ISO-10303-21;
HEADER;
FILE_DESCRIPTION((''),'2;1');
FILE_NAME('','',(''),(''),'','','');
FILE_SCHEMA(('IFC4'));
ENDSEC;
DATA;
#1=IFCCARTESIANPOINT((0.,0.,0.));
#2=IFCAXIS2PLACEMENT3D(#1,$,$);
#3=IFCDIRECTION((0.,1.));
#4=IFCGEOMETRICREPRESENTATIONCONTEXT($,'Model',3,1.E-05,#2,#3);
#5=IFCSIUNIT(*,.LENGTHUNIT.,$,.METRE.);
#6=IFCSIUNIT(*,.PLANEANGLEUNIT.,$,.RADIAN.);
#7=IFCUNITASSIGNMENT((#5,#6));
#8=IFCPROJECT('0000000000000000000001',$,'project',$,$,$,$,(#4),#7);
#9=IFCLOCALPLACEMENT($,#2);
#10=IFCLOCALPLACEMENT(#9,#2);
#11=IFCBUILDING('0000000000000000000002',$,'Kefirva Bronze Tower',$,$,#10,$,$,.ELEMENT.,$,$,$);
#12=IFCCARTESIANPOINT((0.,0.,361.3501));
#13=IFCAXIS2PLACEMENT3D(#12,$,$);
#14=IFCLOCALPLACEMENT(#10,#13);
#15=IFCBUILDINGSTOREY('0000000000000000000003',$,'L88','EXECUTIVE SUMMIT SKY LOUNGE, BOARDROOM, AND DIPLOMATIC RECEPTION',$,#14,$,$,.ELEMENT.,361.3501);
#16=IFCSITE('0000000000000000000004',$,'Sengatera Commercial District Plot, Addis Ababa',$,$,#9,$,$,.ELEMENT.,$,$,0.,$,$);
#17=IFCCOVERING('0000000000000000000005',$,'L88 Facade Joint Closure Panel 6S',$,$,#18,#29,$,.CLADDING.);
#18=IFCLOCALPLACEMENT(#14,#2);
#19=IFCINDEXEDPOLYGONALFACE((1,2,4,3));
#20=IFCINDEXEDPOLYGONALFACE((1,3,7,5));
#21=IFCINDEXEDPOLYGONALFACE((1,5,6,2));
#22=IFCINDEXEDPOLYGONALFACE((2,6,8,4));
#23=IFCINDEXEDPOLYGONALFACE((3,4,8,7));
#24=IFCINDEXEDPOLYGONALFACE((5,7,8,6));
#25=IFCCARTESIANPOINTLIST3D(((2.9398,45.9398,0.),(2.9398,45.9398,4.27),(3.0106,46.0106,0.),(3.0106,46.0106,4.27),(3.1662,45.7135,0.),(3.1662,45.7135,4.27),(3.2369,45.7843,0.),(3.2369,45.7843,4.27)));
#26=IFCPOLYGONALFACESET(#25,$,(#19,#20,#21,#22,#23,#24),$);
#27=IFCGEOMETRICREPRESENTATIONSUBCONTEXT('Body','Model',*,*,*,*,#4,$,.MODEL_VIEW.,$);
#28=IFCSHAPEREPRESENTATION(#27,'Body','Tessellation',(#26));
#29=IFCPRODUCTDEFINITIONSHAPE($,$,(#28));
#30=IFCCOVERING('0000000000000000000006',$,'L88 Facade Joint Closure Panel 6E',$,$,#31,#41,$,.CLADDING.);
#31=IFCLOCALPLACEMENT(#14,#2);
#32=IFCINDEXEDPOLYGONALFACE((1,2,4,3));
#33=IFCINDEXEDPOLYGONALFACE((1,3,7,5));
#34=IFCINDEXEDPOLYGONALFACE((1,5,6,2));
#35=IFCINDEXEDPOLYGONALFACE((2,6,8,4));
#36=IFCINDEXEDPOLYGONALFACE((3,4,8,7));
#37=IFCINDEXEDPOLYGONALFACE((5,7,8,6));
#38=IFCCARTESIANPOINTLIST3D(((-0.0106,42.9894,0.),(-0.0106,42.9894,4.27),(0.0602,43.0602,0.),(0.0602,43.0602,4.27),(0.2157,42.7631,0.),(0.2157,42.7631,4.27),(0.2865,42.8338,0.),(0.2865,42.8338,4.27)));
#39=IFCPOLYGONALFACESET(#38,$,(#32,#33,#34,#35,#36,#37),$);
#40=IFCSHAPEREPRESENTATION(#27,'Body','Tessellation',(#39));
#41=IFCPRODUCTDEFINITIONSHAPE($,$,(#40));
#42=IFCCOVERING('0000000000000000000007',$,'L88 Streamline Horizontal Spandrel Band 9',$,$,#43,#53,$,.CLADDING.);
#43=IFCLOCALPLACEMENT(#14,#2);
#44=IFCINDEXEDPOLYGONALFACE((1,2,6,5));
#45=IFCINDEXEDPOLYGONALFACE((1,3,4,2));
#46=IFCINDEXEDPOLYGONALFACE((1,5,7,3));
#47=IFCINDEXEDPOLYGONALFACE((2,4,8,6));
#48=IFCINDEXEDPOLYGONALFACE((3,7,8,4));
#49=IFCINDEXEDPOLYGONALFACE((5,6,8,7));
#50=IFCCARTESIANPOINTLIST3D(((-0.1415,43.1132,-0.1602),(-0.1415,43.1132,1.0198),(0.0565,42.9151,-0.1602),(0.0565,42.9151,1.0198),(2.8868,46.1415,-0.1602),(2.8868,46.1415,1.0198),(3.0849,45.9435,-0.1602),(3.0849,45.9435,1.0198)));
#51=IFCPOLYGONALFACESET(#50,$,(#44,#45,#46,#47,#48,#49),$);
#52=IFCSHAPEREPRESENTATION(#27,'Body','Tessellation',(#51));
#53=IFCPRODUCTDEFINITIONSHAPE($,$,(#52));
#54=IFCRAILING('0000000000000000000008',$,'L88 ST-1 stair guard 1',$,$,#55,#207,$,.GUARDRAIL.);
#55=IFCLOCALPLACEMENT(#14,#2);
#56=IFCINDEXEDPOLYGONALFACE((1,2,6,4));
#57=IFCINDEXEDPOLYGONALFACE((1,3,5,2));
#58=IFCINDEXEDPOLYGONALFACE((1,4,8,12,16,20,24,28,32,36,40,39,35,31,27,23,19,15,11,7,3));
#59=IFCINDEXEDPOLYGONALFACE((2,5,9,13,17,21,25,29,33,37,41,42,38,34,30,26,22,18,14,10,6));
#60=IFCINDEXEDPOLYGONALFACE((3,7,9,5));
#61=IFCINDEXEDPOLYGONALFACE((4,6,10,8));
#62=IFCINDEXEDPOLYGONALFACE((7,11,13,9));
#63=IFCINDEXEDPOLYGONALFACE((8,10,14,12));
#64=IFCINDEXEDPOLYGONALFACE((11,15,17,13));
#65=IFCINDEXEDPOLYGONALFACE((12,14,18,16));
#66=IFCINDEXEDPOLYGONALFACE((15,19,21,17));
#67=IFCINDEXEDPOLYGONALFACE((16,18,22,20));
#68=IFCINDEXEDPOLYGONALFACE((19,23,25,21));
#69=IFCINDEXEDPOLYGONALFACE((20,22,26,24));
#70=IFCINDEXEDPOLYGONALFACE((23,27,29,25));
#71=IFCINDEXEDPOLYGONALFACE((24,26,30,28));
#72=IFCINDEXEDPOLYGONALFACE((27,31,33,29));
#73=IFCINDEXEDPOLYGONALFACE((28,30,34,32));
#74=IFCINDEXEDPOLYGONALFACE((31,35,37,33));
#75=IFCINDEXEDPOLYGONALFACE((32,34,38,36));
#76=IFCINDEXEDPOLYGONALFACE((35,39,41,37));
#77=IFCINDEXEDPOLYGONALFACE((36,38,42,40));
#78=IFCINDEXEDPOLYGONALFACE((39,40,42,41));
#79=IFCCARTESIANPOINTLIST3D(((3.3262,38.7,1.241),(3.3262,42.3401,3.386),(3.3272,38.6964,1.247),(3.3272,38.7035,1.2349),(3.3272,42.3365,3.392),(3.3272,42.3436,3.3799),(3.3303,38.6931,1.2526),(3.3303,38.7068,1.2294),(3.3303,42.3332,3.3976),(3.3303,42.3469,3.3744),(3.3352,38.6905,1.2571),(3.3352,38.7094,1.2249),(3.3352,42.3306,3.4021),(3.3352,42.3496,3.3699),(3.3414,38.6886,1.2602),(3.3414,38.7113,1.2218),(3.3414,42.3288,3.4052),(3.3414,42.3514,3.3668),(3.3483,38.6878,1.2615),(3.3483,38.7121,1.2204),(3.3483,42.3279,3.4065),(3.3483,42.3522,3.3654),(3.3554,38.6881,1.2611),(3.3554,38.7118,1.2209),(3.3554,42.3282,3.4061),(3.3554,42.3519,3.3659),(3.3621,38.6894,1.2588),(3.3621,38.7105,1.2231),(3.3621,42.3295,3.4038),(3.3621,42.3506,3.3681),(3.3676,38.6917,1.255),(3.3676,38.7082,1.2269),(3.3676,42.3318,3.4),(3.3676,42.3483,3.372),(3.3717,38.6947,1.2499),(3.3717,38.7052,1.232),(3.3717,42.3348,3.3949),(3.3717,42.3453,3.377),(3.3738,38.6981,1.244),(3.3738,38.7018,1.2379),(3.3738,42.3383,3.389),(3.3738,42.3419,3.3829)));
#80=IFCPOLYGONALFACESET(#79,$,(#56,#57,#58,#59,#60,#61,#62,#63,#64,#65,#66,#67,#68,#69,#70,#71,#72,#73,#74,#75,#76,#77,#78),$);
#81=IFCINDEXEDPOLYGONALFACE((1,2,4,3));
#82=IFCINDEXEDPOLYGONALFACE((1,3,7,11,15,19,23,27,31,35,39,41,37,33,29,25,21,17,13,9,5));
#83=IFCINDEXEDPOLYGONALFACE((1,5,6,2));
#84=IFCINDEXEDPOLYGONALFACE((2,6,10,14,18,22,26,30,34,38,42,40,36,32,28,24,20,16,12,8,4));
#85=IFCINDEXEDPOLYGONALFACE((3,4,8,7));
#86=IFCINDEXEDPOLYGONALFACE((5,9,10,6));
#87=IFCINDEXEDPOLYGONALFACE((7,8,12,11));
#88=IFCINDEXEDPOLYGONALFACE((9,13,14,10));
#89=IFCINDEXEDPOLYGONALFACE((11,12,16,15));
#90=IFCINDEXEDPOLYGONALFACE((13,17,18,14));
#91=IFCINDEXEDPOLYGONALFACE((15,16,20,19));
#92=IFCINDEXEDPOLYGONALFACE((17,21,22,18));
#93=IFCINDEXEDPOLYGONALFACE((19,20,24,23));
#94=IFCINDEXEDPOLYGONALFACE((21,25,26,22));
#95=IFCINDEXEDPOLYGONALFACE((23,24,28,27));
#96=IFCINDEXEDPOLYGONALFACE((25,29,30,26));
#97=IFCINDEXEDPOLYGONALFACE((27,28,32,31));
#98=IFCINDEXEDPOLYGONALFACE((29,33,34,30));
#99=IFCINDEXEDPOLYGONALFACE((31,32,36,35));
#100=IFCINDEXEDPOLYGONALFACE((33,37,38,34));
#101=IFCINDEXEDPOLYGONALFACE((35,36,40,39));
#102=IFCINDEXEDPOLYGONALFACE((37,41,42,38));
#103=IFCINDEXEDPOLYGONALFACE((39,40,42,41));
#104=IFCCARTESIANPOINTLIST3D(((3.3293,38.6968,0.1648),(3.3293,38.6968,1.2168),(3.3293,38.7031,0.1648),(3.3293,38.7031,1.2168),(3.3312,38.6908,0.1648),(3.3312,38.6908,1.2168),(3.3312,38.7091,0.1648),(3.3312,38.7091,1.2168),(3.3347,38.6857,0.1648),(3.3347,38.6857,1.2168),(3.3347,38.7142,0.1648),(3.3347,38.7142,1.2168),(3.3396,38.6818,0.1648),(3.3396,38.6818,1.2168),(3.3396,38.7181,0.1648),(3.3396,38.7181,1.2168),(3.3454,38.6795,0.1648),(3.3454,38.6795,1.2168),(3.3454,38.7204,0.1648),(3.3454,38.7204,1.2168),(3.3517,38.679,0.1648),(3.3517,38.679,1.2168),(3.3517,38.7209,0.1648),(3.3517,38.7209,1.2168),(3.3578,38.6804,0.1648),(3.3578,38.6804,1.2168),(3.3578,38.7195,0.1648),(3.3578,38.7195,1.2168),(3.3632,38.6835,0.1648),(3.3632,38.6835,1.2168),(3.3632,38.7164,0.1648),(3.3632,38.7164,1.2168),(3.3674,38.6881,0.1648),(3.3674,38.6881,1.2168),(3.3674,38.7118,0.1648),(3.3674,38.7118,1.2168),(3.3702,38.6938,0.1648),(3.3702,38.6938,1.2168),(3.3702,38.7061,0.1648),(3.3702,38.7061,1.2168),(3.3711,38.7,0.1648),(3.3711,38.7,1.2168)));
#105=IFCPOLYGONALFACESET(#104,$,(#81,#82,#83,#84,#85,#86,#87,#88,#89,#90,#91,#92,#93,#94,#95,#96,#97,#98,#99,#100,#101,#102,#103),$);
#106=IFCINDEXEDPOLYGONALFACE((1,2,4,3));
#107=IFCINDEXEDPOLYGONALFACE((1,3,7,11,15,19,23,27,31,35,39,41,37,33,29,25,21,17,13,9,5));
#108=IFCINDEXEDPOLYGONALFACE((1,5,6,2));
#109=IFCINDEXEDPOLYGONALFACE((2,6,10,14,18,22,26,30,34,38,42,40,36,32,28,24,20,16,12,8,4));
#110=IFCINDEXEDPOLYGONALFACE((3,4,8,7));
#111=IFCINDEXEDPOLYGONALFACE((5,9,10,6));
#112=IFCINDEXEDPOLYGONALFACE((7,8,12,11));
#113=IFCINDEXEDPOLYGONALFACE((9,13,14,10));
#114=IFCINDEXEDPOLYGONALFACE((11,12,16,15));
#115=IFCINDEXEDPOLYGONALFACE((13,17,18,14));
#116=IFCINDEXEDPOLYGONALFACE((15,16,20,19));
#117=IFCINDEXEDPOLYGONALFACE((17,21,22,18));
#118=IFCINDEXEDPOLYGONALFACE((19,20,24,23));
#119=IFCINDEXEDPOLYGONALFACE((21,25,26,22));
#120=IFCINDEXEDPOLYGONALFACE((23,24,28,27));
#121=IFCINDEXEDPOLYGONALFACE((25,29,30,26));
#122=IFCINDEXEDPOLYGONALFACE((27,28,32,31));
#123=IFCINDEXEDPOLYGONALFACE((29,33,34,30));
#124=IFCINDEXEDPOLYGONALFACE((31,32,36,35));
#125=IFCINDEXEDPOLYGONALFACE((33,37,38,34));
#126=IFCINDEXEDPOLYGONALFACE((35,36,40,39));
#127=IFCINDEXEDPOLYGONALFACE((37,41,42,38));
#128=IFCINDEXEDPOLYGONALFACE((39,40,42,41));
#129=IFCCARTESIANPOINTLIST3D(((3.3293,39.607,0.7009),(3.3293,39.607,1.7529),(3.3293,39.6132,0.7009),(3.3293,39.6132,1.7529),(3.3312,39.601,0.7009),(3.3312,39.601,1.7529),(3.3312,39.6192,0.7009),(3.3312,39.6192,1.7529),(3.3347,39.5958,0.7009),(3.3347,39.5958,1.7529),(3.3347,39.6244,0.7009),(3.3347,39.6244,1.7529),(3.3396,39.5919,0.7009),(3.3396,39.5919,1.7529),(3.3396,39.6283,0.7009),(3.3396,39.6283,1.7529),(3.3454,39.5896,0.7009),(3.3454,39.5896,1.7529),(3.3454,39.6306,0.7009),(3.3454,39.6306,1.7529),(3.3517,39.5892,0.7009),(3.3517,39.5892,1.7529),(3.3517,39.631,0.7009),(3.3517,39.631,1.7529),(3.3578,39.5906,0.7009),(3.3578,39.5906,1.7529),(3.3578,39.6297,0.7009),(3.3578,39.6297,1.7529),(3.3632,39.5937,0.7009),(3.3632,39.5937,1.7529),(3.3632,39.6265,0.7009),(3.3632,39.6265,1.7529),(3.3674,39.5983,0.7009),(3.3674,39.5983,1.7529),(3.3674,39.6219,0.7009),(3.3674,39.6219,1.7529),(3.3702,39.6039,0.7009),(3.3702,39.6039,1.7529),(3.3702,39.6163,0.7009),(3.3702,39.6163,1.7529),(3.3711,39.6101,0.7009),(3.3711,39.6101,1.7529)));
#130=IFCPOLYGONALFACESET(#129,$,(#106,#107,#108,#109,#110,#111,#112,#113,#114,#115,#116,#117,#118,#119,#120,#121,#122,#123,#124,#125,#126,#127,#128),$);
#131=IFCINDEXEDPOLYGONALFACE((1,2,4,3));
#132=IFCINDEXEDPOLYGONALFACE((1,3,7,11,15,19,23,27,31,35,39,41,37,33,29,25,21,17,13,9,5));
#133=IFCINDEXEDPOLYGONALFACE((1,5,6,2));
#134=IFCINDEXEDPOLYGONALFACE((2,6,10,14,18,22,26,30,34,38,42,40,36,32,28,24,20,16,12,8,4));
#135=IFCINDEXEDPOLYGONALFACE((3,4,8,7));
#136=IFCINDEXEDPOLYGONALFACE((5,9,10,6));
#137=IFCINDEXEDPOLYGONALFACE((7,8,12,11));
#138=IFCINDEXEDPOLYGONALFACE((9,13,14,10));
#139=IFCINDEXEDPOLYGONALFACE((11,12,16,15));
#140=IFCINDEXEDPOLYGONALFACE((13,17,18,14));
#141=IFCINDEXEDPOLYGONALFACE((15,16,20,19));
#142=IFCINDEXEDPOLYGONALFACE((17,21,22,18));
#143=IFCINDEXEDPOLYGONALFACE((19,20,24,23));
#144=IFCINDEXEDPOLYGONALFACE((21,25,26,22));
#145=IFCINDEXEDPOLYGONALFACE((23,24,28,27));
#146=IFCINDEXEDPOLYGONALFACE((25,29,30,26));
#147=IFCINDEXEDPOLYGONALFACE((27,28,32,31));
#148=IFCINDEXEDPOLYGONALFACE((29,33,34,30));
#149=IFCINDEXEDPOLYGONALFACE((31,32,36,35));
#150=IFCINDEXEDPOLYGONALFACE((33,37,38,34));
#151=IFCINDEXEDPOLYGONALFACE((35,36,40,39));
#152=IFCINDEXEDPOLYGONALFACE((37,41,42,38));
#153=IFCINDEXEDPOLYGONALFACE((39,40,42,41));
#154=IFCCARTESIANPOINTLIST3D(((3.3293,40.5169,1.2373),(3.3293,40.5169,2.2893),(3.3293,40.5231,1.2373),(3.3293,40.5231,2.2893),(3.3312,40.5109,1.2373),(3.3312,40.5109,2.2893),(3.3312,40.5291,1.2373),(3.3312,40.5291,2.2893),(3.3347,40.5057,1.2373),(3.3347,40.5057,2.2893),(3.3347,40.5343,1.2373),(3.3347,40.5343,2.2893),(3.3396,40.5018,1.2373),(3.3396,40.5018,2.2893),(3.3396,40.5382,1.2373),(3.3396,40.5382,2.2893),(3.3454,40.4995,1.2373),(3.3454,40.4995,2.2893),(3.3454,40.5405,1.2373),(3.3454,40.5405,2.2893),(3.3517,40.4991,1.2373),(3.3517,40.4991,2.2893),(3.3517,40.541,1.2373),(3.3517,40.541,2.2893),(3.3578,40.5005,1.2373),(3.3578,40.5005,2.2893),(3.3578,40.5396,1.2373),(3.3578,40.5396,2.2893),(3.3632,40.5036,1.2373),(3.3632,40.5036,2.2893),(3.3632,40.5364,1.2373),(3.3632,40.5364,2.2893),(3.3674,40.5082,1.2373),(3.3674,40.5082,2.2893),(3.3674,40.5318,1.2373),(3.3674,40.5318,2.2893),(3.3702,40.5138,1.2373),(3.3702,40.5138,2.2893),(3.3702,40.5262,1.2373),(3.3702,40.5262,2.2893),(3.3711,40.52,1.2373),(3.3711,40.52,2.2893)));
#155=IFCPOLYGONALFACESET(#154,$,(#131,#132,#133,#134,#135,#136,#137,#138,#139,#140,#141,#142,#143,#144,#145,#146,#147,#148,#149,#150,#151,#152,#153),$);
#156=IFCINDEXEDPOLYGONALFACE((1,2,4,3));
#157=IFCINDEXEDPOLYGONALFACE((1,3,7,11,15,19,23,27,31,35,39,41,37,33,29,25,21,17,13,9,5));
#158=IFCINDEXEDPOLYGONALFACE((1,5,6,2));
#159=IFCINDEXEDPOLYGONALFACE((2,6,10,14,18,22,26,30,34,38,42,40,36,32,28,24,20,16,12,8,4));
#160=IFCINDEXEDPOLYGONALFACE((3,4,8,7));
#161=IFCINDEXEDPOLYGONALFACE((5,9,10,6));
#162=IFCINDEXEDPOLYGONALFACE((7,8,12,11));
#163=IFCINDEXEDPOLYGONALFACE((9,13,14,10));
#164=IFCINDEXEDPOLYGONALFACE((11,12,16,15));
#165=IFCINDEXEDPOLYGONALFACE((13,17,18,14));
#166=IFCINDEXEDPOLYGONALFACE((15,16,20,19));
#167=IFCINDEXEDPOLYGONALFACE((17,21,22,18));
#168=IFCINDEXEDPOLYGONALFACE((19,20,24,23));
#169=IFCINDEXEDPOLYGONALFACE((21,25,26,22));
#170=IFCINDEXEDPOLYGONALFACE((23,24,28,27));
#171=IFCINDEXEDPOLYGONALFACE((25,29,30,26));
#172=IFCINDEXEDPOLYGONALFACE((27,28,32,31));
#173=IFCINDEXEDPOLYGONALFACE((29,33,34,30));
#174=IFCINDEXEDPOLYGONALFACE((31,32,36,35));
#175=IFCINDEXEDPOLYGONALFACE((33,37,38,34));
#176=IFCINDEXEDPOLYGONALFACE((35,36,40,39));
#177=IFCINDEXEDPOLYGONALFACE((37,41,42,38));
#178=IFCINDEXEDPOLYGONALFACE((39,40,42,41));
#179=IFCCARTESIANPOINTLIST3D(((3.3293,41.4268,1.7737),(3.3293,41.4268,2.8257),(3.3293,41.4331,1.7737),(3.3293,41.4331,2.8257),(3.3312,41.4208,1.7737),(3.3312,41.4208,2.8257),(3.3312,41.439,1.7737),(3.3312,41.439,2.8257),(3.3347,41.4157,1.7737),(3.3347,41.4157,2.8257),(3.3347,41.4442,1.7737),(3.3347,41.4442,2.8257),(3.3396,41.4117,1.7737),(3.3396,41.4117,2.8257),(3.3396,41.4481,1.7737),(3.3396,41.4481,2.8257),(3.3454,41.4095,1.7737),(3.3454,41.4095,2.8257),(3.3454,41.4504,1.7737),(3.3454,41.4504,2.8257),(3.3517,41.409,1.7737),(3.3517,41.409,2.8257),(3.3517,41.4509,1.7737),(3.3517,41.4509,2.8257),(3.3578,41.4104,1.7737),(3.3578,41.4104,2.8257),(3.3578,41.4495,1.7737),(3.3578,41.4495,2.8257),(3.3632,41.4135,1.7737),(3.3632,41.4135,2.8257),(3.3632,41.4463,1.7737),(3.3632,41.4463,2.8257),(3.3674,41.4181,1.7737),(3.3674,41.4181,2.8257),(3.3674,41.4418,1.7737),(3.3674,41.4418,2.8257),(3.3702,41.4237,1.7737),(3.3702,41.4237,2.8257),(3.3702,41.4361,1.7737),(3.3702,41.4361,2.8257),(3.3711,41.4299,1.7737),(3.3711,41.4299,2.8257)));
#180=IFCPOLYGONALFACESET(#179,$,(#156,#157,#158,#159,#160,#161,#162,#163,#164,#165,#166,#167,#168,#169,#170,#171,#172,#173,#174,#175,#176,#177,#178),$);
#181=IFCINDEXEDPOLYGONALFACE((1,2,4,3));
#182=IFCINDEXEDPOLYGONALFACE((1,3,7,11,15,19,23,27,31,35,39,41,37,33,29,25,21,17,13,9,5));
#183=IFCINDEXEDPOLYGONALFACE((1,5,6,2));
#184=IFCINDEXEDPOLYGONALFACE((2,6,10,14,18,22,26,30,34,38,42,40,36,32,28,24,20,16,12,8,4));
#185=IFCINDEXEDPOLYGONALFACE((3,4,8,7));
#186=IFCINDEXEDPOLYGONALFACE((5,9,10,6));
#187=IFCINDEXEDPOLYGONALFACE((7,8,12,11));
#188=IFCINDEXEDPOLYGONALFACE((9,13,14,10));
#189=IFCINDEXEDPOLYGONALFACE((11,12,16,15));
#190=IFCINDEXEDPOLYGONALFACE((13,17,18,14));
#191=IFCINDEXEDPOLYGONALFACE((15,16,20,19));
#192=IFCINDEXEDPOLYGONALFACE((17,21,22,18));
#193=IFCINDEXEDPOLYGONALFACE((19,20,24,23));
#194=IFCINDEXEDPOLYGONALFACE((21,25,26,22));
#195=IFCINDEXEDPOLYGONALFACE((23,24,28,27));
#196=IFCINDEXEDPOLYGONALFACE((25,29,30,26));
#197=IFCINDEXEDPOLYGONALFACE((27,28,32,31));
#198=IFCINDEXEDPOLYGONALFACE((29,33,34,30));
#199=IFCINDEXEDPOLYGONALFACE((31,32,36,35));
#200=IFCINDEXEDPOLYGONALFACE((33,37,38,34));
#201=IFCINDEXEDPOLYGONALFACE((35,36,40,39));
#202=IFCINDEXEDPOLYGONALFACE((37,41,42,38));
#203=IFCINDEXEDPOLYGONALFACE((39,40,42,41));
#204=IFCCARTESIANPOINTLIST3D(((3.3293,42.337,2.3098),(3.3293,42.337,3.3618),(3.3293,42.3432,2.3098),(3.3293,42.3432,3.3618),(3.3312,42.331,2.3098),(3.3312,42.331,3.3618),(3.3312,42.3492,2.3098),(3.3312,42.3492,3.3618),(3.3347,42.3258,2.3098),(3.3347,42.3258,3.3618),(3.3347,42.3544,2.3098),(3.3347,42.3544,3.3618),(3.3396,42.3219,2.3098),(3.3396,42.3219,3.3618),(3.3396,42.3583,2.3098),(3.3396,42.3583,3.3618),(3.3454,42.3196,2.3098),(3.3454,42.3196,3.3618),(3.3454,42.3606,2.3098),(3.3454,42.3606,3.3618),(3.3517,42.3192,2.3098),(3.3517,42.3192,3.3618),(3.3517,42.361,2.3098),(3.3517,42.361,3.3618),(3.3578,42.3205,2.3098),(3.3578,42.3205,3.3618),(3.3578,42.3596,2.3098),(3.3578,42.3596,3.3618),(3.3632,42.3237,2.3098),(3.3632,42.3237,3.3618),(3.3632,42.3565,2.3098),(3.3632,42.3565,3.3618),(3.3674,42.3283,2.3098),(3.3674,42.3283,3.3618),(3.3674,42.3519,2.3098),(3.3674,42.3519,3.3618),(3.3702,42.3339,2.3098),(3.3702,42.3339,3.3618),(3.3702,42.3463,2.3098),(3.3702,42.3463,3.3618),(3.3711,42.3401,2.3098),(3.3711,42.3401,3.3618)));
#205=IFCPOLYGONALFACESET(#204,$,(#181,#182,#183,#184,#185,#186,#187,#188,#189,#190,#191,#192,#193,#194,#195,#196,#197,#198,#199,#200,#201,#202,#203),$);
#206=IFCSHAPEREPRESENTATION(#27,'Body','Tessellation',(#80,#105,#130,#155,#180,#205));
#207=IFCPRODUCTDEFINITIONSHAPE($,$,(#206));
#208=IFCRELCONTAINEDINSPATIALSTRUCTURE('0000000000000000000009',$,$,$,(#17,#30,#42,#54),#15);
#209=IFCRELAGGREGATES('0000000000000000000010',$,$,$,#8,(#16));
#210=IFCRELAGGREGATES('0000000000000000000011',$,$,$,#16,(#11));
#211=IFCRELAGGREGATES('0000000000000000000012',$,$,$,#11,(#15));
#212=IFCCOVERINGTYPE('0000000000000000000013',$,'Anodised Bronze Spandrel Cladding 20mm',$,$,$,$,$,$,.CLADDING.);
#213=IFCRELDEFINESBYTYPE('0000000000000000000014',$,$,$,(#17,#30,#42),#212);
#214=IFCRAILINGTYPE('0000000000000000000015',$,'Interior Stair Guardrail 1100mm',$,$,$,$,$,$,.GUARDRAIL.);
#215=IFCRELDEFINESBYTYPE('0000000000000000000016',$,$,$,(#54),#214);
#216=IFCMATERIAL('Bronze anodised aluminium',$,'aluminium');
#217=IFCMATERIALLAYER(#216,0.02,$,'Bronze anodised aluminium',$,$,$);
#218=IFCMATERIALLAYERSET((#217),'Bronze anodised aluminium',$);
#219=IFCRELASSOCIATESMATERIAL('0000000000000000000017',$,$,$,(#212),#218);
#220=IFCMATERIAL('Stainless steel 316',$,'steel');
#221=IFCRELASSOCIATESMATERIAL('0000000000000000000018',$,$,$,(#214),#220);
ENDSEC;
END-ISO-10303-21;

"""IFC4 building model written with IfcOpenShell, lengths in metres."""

from ifc_helpers import new_model, si_unit, direction, frame, origin, origin_2d, place, context, subcontext, project, spatial, rectangle, circle, extrude, material, layer, layer_set, type_object, element, save


model = new_model("IFC4")

# Units and contexts
model_context = context("Model", 3, precision=1e-05, world=origin(), true_north=direction((0.0, 1.0)))
body_context = subcontext(model_context, "Body", "Model", "MODEL_VIEW")
ifc_project = project(units=[si_unit("LENGTHUNIT", "METRE"), si_unit("PLANEANGLEUNIT", "RADIAN")], contexts=[model_context])

# Site, building, storey
site_placement = place(None, origin())
site = spatial("IfcSite", under=ifc_project, at=site_placement, Name="Sengatera Commercial District Plot, Addis Ababa", CompositionType="ELEMENT", RefElevation=0.0)
building_placement = place(site_placement, origin())
building = spatial("IfcBuilding", under=site, at=building_placement, Name="Kefirva Bronze Tower", CompositionType="ELEMENT")
storey_placement = place(building_placement, frame((0.0, 0.0, 361.3501)))
storey = spatial("IfcBuildingStorey", under=building, at=storey_placement, Name="L88", Description="EXECUTIVE SUMMIT SKY LOUNGE, BOARDROOM, AND DIPLOMATIC RECEPTION", CompositionType="ELEMENT", Elevation=361.3501)

# Coverings
ifc_material_1 = material(Name="Bronze anodised aluminium", Category="aluminium")
ifc_layer_1 = layer(ifc_material_1, 0.02, Name="Bronze anodised aluminium")
ifc_layer_set_1 = layer_set([ifc_layer_1], Name="Bronze anodised aluminium")
covering_type_1 = type_object("IfcCoveringType", Name="Anodised Bronze Spandrel Cladding 20mm", PredefinedType="CLADDING", material=ifc_layer_set_1)
for number, where, z_axis, x_axis, name in (
    (1, (3.0884, 45.8621, 0.0), (0.0, 0.0, 1.0), (-0.707107, -0.707107, 0.0), "L88 Facade Joint Closure Panel 6S"),
    (2, (0.1379, 42.9116, 0.0), (0.0, 0.0, 1.0), (-0.707107, -0.707107, 0.0), "L88 Facade Joint Closure Panel 6E"),
):
    element("IfcCovering", number, at=place(storey_placement, frame(where, z_axis=z_axis, x_axis=x_axis)), inside=storey, type_object=covering_type_1, Name=name, PredefinedType="CLADDING", context=body_context, shape_type="SweptSolid", body=[
        extrude(rectangle(XDim=0.1001, YDim=0.3201, at=origin_2d()), origin(), (0.0, 0.0, 1.0), 4.27),
    ])
covering_1_placement = place(storey_placement, frame((1.4717, 44.5283, -0.1602), z_axis=(0.0, 0.0, 1.0), x_axis=(-0.707107, -0.707107, 0.0)))
element("IfcCovering", 3, at=covering_1_placement, inside=storey, type_object=covering_type_1, Name="L88 Streamline Horizontal Spandrel Band 9", PredefinedType="CLADDING", context=body_context, shape_type="SweptSolid", body=[
    extrude(rectangle(XDim=4.2827, YDim=0.28, at=origin_2d()), origin(), (0.0, 0.0, 1.0), 1.1799),
])

# Railing
ifc_material_2 = material(Name="Stainless steel 316", Category="steel")
railing_type_1 = type_object("IfcRailingType", Name="Interior Stair Guardrail 1100mm", PredefinedType="GUARDRAIL", material=ifc_material_2)
railing_1_placement = place(storey_placement, frame((3.3501, 38.7, 0.1648)))
element("IfcRailing", 4, at=railing_1_placement, inside=storey, type_object=railing_type_1, Name="L88 ST-1 stair guard 1", PredefinedType="GUARDRAIL", context=body_context, shape_type="SweptSolid", body=[
    extrude(circle(Radius=0.0239, at=origin_2d()), frame((0.0, 0.0, 1.0762), z_axis=(0.0, 0.861545, 0.507682), x_axis=(-1.0, 0.0, 0.0)), (0.0, 0.0, 1.0), 4.2251),
    extrude(circle(Radius=0.021, at=origin_2d()), origin(), (0.0, 0.0, 1.0), 1.052),
    extrude(circle(Radius=0.021, at=origin_2d()), frame((0.0, 0.9102, 0.5361)), (0.0, 0.0, 1.0), 1.052),
    extrude(circle(Radius=0.021, at=origin_2d()), frame((0.0, 1.8201, 1.0725)), (0.0, 0.0, 1.0), 1.052),
    extrude(circle(Radius=0.021, at=origin_2d()), frame((0.0, 2.73, 1.6089)), (0.0, 0.0, 1.0), 1.052),
    extrude(circle(Radius=0.021, at=origin_2d()), frame((0.0, 3.6401, 2.145)), (0.0, 0.0, 1.0), 1.052),
])

save(model, "model.ifc")
